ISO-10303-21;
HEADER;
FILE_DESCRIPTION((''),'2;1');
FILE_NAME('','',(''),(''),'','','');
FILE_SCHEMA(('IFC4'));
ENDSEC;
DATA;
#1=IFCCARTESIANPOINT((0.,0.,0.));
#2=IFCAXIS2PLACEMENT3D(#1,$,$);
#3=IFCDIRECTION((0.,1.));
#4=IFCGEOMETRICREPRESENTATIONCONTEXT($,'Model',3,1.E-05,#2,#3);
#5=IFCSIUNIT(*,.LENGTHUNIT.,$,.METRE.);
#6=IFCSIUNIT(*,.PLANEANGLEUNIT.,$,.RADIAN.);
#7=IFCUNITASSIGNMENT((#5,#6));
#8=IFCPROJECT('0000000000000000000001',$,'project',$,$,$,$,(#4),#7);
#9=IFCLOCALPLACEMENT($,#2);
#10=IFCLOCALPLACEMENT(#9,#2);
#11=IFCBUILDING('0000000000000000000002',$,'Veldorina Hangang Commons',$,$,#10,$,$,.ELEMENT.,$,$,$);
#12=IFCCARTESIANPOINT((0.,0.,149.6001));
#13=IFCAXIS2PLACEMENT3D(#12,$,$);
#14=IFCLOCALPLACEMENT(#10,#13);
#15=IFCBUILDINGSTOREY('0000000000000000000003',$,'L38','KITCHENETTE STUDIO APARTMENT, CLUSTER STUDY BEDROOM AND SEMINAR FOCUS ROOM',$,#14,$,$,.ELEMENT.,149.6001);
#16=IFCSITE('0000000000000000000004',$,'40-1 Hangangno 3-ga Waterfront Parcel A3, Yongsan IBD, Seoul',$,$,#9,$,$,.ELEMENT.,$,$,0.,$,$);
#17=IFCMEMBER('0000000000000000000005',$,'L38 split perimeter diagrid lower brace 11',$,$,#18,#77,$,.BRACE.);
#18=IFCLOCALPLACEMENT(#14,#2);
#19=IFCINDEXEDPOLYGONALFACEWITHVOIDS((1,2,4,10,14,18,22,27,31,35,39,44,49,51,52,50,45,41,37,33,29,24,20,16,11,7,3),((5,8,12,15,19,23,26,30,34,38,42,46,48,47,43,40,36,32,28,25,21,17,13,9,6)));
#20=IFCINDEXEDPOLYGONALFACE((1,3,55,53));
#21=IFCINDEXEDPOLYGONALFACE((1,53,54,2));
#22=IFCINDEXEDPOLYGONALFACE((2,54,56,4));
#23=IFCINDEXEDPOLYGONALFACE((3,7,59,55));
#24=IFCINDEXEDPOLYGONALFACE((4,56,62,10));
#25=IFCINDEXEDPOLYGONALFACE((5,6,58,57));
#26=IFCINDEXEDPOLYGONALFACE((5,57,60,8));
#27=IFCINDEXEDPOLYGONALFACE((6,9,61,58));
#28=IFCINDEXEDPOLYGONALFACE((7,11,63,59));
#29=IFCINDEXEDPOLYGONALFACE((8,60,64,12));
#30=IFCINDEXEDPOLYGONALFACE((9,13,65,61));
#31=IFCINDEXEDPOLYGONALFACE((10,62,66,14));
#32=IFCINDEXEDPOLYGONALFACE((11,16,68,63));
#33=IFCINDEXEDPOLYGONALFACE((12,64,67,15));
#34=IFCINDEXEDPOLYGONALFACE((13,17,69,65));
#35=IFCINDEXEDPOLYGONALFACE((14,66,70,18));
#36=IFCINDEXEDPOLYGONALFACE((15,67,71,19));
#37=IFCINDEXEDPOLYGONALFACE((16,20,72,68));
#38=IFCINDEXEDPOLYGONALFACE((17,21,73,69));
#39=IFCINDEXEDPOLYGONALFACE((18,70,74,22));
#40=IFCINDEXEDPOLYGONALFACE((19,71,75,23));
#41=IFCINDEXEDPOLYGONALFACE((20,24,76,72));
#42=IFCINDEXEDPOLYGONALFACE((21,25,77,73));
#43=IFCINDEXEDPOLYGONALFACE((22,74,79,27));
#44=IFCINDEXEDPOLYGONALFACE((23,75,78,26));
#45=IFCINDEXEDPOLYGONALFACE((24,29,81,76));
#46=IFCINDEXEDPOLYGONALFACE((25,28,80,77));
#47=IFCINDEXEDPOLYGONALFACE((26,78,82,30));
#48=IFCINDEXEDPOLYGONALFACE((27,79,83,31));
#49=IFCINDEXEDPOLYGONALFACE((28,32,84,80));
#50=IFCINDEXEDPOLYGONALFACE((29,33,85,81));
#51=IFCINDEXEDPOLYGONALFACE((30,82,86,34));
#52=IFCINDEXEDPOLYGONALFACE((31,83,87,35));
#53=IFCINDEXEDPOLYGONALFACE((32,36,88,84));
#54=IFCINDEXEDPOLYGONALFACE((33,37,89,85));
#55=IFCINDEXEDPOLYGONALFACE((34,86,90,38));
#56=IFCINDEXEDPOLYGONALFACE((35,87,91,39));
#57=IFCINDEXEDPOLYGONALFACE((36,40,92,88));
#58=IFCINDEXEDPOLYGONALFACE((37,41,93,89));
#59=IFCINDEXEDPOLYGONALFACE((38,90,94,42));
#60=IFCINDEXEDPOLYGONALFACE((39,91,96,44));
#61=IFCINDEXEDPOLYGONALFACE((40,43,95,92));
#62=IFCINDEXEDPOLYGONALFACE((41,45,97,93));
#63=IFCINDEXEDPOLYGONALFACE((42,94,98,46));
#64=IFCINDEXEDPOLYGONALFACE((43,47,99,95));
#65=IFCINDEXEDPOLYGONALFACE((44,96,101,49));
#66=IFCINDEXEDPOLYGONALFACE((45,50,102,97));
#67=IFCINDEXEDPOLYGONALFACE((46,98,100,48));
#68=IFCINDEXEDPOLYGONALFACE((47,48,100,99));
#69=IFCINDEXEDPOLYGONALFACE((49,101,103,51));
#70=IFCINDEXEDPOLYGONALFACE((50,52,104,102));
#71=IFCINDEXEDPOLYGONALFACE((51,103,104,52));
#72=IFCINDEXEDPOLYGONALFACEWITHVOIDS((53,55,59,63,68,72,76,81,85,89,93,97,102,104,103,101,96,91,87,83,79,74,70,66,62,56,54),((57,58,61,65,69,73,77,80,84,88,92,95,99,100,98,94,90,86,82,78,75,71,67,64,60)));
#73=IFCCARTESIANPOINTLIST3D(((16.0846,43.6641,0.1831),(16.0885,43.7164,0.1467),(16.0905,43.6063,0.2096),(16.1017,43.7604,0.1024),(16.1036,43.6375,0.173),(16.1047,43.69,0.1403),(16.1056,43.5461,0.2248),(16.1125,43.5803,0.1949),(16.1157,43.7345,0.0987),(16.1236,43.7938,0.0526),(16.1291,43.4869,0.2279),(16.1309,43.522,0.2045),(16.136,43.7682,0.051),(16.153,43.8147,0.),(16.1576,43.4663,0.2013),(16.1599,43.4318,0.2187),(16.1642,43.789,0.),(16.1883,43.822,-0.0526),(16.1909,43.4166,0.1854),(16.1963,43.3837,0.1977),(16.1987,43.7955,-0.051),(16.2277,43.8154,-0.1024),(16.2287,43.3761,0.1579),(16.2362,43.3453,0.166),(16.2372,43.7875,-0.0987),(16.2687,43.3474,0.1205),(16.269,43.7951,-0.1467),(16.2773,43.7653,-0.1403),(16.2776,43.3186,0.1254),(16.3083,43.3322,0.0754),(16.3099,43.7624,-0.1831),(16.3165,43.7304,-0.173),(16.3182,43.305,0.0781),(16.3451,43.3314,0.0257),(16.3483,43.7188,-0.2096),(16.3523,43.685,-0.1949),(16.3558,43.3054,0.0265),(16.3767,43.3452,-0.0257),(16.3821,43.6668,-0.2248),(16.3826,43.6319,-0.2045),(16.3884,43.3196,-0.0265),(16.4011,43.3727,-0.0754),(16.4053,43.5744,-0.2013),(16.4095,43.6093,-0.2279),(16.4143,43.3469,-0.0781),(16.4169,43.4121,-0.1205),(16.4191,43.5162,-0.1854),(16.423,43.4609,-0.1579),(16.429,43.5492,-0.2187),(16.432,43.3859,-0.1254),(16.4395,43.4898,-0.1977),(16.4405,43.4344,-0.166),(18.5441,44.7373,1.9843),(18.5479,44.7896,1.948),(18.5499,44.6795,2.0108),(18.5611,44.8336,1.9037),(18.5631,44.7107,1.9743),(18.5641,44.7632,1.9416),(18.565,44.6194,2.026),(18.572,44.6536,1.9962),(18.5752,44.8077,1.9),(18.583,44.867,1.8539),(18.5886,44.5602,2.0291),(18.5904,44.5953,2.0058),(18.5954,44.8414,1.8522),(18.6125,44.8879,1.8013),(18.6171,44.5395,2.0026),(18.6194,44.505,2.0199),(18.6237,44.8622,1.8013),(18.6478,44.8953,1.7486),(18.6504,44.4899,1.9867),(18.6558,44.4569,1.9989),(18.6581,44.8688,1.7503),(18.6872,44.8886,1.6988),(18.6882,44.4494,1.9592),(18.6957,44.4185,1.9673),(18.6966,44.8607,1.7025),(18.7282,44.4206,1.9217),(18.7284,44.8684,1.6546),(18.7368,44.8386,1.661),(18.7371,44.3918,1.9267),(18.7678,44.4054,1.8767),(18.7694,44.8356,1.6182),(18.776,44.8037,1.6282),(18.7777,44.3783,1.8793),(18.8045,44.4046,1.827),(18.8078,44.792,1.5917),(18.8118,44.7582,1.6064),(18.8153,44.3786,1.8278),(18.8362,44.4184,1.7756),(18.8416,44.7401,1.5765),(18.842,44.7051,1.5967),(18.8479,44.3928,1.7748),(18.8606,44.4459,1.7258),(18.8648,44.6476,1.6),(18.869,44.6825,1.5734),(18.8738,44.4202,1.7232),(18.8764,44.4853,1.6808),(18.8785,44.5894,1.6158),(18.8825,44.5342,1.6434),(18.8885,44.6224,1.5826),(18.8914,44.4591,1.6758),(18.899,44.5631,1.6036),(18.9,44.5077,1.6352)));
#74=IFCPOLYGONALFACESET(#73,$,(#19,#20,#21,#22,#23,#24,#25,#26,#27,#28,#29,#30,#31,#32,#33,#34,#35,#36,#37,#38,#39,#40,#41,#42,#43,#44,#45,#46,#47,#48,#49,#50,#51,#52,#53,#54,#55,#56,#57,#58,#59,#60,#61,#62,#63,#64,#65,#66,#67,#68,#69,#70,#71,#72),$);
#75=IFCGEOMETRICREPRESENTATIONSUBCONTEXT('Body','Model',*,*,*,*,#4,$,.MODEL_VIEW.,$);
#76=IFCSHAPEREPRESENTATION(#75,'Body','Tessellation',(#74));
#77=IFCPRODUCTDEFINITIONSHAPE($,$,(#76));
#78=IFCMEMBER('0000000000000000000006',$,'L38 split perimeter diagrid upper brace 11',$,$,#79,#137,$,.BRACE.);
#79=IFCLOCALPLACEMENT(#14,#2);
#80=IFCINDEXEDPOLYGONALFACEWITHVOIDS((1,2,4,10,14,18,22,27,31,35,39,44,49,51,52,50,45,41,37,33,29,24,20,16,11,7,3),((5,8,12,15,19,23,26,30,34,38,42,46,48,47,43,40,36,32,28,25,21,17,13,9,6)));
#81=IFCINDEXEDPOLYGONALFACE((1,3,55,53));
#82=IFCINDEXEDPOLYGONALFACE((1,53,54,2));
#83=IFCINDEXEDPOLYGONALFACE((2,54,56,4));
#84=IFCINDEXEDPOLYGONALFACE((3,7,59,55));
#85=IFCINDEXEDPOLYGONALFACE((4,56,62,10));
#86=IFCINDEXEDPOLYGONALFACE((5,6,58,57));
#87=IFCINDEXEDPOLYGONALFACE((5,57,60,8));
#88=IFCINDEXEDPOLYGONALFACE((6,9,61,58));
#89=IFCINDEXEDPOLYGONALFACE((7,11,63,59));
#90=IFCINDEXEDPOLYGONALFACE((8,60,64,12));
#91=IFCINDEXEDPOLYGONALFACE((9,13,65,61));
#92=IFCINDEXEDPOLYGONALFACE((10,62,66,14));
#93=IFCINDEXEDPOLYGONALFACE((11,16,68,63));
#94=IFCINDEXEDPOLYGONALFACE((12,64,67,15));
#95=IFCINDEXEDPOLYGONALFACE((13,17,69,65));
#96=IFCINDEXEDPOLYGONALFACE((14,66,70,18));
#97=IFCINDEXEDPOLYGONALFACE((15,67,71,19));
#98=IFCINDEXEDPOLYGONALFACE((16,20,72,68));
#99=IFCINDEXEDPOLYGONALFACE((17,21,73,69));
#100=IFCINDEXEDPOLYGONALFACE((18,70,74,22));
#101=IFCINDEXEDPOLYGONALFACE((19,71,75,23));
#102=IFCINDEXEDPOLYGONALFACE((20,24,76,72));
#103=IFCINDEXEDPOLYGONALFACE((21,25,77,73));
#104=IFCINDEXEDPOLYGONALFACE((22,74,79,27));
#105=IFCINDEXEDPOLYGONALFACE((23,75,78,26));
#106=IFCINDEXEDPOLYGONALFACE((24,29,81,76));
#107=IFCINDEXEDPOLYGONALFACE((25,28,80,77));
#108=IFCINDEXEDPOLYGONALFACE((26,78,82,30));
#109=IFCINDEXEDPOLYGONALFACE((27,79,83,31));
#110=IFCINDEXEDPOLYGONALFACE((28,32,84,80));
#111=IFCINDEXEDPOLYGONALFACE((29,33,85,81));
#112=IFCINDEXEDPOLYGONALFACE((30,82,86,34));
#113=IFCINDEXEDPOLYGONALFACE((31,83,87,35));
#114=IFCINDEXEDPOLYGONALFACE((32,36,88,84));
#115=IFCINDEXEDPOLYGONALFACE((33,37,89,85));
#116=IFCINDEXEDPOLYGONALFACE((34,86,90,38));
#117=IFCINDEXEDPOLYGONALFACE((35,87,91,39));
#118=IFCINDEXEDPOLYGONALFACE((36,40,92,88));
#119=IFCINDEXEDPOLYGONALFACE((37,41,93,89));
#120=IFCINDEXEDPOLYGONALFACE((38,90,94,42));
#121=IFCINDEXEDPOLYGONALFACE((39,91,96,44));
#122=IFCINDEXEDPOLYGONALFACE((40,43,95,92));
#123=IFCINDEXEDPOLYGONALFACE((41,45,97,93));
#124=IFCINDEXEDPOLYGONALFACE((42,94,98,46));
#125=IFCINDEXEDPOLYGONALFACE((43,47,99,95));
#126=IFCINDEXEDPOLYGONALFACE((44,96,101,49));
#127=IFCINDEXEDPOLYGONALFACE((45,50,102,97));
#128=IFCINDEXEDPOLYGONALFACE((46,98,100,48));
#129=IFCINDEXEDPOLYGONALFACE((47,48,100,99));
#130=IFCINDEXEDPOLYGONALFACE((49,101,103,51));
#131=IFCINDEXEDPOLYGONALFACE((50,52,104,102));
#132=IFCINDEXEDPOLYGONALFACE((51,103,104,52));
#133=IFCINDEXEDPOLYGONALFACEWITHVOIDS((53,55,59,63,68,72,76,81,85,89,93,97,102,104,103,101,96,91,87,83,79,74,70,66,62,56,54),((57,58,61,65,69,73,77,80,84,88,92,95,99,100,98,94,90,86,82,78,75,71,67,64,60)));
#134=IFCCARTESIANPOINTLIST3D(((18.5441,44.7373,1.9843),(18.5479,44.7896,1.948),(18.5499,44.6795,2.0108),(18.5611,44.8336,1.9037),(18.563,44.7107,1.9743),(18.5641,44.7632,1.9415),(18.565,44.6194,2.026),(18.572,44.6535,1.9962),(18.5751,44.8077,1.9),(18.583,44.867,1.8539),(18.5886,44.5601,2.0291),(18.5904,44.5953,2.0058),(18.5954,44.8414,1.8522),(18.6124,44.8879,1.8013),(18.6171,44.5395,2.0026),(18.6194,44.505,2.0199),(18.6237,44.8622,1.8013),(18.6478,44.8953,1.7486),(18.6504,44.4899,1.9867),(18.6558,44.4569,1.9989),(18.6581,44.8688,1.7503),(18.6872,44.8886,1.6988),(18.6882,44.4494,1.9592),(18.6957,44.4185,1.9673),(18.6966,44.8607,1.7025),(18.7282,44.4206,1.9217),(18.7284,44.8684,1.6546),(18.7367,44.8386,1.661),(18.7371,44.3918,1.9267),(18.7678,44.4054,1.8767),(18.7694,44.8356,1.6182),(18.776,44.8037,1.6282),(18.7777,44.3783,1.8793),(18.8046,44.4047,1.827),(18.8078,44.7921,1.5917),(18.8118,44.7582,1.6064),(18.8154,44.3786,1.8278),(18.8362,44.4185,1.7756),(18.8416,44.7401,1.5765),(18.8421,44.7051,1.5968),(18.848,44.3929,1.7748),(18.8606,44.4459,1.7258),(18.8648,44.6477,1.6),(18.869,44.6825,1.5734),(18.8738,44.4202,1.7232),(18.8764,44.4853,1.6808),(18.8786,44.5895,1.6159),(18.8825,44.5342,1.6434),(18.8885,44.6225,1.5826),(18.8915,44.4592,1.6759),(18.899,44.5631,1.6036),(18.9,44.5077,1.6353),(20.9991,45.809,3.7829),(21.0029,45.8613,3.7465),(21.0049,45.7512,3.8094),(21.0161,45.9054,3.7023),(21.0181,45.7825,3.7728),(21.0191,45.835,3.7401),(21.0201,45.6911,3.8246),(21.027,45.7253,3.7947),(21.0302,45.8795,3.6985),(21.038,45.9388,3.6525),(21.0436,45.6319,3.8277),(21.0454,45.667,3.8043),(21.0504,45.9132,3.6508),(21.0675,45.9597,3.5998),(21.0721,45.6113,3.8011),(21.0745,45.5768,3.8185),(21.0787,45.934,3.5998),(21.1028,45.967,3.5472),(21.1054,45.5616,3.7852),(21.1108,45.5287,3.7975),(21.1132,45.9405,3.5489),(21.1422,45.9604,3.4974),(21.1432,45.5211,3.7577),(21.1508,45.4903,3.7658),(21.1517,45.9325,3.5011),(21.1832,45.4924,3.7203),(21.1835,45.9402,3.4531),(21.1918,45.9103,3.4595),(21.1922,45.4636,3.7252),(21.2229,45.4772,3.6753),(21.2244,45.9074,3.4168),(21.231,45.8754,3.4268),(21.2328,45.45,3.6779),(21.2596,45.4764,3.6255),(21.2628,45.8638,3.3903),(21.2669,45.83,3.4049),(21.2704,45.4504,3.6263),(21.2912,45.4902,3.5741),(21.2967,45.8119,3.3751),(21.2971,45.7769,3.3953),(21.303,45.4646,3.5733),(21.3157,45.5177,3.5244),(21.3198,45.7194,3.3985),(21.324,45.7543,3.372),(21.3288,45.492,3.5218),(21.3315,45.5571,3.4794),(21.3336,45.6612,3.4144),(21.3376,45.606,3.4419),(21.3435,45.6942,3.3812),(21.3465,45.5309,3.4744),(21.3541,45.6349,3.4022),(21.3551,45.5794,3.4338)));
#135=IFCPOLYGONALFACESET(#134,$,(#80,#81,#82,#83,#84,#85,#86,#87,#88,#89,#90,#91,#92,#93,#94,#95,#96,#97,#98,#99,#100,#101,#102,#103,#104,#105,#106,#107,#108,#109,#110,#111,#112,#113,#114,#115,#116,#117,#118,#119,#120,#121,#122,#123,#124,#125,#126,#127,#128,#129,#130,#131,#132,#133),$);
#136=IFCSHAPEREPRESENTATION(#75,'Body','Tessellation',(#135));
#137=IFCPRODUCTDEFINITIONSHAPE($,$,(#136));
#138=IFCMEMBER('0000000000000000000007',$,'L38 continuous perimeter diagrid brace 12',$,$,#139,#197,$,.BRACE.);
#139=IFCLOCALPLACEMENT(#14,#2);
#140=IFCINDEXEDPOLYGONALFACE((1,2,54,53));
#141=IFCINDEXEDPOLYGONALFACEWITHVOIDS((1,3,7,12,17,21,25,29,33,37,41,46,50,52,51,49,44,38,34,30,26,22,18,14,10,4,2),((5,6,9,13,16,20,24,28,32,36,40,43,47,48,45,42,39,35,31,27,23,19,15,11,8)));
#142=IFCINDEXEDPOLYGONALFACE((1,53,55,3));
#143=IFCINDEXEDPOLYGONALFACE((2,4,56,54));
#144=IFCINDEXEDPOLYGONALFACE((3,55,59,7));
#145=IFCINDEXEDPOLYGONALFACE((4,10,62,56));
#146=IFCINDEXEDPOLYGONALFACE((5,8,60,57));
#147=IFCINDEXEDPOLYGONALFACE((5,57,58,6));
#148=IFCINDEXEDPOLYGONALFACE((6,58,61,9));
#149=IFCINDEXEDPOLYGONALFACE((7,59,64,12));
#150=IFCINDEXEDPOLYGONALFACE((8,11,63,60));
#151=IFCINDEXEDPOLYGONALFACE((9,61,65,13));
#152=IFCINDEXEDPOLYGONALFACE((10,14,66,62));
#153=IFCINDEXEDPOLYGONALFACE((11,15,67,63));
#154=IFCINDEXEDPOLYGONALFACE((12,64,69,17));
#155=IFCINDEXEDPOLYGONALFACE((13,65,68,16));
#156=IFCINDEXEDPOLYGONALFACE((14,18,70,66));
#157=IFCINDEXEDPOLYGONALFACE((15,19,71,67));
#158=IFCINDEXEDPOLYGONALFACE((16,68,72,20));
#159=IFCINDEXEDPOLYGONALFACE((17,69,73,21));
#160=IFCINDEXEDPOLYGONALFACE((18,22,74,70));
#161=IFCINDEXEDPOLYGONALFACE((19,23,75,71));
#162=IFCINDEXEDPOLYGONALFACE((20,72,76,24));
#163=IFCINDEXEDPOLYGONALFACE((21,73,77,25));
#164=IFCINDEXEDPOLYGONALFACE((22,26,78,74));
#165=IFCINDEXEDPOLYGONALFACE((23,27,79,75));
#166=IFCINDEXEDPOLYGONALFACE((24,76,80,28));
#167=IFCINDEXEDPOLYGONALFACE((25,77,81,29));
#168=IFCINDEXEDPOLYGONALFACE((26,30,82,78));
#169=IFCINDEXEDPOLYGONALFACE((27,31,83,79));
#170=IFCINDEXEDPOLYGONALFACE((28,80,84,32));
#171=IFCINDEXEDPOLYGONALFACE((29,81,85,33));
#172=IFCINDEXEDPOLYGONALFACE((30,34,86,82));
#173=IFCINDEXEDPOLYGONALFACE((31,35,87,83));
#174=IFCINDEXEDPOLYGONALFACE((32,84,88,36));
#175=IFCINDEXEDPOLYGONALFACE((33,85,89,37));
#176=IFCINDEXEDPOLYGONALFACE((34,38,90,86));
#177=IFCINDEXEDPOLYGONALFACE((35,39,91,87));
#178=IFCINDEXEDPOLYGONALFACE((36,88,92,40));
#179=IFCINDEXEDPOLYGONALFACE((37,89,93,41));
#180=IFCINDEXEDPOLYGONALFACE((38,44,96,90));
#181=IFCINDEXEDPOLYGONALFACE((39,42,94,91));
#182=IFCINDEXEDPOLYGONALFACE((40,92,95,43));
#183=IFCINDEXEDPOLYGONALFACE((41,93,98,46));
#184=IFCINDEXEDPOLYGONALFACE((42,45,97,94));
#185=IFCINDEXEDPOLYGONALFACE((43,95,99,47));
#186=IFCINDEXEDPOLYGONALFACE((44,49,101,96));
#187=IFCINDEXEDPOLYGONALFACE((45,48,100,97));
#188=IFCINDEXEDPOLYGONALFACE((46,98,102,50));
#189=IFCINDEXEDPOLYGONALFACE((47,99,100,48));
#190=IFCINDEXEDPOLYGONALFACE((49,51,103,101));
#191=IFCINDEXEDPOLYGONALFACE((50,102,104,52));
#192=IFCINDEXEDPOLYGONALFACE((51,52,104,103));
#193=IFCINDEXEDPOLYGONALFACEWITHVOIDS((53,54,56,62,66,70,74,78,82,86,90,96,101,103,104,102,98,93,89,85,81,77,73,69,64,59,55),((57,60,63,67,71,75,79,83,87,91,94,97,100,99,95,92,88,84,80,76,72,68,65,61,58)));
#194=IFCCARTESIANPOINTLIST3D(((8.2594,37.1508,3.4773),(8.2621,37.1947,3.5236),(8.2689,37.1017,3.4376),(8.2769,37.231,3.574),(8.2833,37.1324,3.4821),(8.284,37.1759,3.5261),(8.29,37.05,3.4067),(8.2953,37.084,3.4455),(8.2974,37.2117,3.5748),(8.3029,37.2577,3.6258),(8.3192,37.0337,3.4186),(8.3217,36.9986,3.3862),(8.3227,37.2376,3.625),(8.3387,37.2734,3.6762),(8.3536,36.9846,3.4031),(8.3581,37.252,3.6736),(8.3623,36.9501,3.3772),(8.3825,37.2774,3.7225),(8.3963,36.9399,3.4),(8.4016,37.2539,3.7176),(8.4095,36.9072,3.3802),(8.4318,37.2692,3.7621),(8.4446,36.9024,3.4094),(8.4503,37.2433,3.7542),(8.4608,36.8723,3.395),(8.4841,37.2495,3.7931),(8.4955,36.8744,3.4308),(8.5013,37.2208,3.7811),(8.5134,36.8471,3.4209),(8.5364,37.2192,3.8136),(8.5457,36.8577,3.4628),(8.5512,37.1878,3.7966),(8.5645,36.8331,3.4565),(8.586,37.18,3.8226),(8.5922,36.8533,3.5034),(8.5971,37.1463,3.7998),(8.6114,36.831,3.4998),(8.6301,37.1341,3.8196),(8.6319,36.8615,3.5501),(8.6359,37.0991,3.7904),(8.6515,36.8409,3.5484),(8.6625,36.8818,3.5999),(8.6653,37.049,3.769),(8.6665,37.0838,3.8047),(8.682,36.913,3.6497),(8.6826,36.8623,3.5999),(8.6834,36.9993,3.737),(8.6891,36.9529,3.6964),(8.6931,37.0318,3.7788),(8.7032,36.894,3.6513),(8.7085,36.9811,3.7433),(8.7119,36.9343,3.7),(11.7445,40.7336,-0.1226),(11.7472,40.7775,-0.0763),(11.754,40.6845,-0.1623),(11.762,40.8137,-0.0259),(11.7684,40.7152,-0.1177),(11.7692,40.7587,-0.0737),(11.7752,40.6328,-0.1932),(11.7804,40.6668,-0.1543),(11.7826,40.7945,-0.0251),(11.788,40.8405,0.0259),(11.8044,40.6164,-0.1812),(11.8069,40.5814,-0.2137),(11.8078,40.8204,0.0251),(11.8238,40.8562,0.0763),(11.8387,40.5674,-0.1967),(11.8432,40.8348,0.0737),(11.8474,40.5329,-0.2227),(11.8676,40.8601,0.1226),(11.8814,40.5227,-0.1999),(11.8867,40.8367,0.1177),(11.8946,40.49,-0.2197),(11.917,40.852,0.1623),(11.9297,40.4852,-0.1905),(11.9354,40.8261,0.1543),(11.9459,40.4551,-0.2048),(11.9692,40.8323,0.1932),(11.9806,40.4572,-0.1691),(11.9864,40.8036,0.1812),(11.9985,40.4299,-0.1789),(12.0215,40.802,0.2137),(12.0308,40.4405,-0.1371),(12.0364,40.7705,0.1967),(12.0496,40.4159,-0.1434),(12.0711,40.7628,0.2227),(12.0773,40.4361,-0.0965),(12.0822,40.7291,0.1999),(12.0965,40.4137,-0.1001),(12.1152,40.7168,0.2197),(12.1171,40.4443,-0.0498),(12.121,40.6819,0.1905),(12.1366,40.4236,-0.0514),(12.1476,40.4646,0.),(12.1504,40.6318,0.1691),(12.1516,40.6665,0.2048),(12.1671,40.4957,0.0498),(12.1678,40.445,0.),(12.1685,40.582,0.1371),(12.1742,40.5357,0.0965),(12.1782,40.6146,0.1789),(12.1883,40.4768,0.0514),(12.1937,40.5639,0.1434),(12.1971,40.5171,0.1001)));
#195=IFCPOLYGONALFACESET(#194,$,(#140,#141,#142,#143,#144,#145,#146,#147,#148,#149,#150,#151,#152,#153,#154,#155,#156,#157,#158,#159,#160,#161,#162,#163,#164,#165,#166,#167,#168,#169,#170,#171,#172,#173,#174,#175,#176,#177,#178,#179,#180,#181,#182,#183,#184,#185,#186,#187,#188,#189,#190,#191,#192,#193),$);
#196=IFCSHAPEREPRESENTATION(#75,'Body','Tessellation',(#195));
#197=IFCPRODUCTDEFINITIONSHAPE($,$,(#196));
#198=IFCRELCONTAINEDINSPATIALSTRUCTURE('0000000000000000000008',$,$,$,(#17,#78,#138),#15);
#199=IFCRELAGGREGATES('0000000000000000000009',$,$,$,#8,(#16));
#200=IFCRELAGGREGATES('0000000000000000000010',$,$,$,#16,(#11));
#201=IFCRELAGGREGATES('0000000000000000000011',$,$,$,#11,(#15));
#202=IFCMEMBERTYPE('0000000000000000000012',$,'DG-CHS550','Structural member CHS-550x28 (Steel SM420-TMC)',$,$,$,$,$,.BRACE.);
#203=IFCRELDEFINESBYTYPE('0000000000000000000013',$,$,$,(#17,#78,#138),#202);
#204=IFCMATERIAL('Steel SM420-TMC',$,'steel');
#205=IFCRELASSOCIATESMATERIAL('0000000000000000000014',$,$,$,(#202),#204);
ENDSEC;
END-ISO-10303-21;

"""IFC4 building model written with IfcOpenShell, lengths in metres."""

from ifc_helpers import new_model, si_unit, direction, frame, origin, origin_2d, place, context, subcontext, project, spatial, hollow_circle, extrude, material, material_profile, profile_set, type_object, element, save


model = new_model("IFC4")

# Units and contexts
model_context = context("Model", 3, precision=1e-05, world=origin(), true_north=direction((0.0, 1.0)))
body_context = subcontext(model_context, "Body", "Model", "MODEL_VIEW")
ifc_project = project(units=[si_unit("LENGTHUNIT", "METRE"), si_unit("PLANEANGLEUNIT", "RADIAN")], contexts=[model_context])

# Site, building, storey
site_placement = place(None, origin())
site = spatial("IfcSite", under=ifc_project, at=site_placement, Name="40-1 Hangangno 3-ga Waterfront Parcel A3, Yongsan IBD, Seoul", CompositionType="ELEMENT", RefElevation=0.0)
building_placement = place(site_placement, origin())
building = spatial("IfcBuilding", under=site, at=building_placement, Name="Veldorina Hangang Commons", CompositionType="ELEMENT")
storey_placement = place(building_placement, frame((0.0, 0.0, 149.6001)))
storey = spatial("IfcBuildingStorey", under=building, at=storey_placement, Name="L38", Description="KITCHENETTE STUDIO APARTMENT, CLUSTER STUDY BEDROOM AND SEMINAR FOCUS ROOM", CompositionType="ELEMENT", Elevation=149.6001)

# Shared definitions
ifc_material_1 = material(Name="Steel SM420-TMC", Category="steel")

# Members
ifc_material_profile_1 = material_profile(ifc_material_1, hollow_circle(Radius=0.2749, WallThickness=0.0281, at=origin_2d()), Name="CHS-550x28")
ifc_profile_set_1 = profile_set([ifc_material_profile_1], Name="Steel SM420-TMC")
member_type = type_object("IfcMemberType", Name="DG-CHS550", Description="Structural member CHS-550x28 (Steel SM420-TMC)", PredefinedType="BRACE", material=ifc_profile_set_1)
member_1_placement = place(storey_placement, frame((16.2629, 43.5627, 0.0), z_axis=(0.76099, 0.332074, 0.557334), x_axis=(-0.39995, 0.916537, 0.0)))
element("IfcMember", 1, at=member_1_placement, inside=storey, type_object=member_type, Name="L38 split perimeter diagrid lower brace 11", PredefinedType="BRACE", context=body_context, shape_type="SweptSolid", body=[
    extrude(hollow_circle(Radius=0.2749, WallThickness=0.0281, at=origin_2d()), origin(), (0.0, 0.0, 1.0), 3.2319),
])
member_2_placement = place(storey_placement, frame((18.7224, 44.636, 1.8013), z_axis=(0.760884, 0.332168, 0.557422), x_axis=(-0.400092, 0.916475, 0.0)))
element("IfcMember", 2, at=member_2_placement, inside=storey, type_object=member_type, Name="L38 split perimeter diagrid upper brace 11", PredefinedType="BRACE", context=body_context, shape_type="SweptSolid", body=[
    extrude(hollow_circle(Radius=0.2749, WallThickness=0.0281, at=origin_2d()), origin(), (0.0, 0.0, 1.0), 3.2266),
])
member_3_placement = place(storey_placement, frame((11.9707, 40.6367, 0.0), z_axis=(-0.565798, -0.581652, 0.584426), x_axis=(0.716808, -0.69727, 0.0)))
element("IfcMember", 3, at=member_3_placement, inside=storey, type_object=member_type, Name="L38 continuous perimeter diagrid brace 12", PredefinedType="BRACE", context=body_context, shape_type="SweptSolid", body=[
    extrude(hollow_circle(Radius=0.2749, WallThickness=0.0281, at=origin_2d()), origin(), (0.0, 0.0, 1.0), 6.1597),
])

save(model, "model.ifc")
